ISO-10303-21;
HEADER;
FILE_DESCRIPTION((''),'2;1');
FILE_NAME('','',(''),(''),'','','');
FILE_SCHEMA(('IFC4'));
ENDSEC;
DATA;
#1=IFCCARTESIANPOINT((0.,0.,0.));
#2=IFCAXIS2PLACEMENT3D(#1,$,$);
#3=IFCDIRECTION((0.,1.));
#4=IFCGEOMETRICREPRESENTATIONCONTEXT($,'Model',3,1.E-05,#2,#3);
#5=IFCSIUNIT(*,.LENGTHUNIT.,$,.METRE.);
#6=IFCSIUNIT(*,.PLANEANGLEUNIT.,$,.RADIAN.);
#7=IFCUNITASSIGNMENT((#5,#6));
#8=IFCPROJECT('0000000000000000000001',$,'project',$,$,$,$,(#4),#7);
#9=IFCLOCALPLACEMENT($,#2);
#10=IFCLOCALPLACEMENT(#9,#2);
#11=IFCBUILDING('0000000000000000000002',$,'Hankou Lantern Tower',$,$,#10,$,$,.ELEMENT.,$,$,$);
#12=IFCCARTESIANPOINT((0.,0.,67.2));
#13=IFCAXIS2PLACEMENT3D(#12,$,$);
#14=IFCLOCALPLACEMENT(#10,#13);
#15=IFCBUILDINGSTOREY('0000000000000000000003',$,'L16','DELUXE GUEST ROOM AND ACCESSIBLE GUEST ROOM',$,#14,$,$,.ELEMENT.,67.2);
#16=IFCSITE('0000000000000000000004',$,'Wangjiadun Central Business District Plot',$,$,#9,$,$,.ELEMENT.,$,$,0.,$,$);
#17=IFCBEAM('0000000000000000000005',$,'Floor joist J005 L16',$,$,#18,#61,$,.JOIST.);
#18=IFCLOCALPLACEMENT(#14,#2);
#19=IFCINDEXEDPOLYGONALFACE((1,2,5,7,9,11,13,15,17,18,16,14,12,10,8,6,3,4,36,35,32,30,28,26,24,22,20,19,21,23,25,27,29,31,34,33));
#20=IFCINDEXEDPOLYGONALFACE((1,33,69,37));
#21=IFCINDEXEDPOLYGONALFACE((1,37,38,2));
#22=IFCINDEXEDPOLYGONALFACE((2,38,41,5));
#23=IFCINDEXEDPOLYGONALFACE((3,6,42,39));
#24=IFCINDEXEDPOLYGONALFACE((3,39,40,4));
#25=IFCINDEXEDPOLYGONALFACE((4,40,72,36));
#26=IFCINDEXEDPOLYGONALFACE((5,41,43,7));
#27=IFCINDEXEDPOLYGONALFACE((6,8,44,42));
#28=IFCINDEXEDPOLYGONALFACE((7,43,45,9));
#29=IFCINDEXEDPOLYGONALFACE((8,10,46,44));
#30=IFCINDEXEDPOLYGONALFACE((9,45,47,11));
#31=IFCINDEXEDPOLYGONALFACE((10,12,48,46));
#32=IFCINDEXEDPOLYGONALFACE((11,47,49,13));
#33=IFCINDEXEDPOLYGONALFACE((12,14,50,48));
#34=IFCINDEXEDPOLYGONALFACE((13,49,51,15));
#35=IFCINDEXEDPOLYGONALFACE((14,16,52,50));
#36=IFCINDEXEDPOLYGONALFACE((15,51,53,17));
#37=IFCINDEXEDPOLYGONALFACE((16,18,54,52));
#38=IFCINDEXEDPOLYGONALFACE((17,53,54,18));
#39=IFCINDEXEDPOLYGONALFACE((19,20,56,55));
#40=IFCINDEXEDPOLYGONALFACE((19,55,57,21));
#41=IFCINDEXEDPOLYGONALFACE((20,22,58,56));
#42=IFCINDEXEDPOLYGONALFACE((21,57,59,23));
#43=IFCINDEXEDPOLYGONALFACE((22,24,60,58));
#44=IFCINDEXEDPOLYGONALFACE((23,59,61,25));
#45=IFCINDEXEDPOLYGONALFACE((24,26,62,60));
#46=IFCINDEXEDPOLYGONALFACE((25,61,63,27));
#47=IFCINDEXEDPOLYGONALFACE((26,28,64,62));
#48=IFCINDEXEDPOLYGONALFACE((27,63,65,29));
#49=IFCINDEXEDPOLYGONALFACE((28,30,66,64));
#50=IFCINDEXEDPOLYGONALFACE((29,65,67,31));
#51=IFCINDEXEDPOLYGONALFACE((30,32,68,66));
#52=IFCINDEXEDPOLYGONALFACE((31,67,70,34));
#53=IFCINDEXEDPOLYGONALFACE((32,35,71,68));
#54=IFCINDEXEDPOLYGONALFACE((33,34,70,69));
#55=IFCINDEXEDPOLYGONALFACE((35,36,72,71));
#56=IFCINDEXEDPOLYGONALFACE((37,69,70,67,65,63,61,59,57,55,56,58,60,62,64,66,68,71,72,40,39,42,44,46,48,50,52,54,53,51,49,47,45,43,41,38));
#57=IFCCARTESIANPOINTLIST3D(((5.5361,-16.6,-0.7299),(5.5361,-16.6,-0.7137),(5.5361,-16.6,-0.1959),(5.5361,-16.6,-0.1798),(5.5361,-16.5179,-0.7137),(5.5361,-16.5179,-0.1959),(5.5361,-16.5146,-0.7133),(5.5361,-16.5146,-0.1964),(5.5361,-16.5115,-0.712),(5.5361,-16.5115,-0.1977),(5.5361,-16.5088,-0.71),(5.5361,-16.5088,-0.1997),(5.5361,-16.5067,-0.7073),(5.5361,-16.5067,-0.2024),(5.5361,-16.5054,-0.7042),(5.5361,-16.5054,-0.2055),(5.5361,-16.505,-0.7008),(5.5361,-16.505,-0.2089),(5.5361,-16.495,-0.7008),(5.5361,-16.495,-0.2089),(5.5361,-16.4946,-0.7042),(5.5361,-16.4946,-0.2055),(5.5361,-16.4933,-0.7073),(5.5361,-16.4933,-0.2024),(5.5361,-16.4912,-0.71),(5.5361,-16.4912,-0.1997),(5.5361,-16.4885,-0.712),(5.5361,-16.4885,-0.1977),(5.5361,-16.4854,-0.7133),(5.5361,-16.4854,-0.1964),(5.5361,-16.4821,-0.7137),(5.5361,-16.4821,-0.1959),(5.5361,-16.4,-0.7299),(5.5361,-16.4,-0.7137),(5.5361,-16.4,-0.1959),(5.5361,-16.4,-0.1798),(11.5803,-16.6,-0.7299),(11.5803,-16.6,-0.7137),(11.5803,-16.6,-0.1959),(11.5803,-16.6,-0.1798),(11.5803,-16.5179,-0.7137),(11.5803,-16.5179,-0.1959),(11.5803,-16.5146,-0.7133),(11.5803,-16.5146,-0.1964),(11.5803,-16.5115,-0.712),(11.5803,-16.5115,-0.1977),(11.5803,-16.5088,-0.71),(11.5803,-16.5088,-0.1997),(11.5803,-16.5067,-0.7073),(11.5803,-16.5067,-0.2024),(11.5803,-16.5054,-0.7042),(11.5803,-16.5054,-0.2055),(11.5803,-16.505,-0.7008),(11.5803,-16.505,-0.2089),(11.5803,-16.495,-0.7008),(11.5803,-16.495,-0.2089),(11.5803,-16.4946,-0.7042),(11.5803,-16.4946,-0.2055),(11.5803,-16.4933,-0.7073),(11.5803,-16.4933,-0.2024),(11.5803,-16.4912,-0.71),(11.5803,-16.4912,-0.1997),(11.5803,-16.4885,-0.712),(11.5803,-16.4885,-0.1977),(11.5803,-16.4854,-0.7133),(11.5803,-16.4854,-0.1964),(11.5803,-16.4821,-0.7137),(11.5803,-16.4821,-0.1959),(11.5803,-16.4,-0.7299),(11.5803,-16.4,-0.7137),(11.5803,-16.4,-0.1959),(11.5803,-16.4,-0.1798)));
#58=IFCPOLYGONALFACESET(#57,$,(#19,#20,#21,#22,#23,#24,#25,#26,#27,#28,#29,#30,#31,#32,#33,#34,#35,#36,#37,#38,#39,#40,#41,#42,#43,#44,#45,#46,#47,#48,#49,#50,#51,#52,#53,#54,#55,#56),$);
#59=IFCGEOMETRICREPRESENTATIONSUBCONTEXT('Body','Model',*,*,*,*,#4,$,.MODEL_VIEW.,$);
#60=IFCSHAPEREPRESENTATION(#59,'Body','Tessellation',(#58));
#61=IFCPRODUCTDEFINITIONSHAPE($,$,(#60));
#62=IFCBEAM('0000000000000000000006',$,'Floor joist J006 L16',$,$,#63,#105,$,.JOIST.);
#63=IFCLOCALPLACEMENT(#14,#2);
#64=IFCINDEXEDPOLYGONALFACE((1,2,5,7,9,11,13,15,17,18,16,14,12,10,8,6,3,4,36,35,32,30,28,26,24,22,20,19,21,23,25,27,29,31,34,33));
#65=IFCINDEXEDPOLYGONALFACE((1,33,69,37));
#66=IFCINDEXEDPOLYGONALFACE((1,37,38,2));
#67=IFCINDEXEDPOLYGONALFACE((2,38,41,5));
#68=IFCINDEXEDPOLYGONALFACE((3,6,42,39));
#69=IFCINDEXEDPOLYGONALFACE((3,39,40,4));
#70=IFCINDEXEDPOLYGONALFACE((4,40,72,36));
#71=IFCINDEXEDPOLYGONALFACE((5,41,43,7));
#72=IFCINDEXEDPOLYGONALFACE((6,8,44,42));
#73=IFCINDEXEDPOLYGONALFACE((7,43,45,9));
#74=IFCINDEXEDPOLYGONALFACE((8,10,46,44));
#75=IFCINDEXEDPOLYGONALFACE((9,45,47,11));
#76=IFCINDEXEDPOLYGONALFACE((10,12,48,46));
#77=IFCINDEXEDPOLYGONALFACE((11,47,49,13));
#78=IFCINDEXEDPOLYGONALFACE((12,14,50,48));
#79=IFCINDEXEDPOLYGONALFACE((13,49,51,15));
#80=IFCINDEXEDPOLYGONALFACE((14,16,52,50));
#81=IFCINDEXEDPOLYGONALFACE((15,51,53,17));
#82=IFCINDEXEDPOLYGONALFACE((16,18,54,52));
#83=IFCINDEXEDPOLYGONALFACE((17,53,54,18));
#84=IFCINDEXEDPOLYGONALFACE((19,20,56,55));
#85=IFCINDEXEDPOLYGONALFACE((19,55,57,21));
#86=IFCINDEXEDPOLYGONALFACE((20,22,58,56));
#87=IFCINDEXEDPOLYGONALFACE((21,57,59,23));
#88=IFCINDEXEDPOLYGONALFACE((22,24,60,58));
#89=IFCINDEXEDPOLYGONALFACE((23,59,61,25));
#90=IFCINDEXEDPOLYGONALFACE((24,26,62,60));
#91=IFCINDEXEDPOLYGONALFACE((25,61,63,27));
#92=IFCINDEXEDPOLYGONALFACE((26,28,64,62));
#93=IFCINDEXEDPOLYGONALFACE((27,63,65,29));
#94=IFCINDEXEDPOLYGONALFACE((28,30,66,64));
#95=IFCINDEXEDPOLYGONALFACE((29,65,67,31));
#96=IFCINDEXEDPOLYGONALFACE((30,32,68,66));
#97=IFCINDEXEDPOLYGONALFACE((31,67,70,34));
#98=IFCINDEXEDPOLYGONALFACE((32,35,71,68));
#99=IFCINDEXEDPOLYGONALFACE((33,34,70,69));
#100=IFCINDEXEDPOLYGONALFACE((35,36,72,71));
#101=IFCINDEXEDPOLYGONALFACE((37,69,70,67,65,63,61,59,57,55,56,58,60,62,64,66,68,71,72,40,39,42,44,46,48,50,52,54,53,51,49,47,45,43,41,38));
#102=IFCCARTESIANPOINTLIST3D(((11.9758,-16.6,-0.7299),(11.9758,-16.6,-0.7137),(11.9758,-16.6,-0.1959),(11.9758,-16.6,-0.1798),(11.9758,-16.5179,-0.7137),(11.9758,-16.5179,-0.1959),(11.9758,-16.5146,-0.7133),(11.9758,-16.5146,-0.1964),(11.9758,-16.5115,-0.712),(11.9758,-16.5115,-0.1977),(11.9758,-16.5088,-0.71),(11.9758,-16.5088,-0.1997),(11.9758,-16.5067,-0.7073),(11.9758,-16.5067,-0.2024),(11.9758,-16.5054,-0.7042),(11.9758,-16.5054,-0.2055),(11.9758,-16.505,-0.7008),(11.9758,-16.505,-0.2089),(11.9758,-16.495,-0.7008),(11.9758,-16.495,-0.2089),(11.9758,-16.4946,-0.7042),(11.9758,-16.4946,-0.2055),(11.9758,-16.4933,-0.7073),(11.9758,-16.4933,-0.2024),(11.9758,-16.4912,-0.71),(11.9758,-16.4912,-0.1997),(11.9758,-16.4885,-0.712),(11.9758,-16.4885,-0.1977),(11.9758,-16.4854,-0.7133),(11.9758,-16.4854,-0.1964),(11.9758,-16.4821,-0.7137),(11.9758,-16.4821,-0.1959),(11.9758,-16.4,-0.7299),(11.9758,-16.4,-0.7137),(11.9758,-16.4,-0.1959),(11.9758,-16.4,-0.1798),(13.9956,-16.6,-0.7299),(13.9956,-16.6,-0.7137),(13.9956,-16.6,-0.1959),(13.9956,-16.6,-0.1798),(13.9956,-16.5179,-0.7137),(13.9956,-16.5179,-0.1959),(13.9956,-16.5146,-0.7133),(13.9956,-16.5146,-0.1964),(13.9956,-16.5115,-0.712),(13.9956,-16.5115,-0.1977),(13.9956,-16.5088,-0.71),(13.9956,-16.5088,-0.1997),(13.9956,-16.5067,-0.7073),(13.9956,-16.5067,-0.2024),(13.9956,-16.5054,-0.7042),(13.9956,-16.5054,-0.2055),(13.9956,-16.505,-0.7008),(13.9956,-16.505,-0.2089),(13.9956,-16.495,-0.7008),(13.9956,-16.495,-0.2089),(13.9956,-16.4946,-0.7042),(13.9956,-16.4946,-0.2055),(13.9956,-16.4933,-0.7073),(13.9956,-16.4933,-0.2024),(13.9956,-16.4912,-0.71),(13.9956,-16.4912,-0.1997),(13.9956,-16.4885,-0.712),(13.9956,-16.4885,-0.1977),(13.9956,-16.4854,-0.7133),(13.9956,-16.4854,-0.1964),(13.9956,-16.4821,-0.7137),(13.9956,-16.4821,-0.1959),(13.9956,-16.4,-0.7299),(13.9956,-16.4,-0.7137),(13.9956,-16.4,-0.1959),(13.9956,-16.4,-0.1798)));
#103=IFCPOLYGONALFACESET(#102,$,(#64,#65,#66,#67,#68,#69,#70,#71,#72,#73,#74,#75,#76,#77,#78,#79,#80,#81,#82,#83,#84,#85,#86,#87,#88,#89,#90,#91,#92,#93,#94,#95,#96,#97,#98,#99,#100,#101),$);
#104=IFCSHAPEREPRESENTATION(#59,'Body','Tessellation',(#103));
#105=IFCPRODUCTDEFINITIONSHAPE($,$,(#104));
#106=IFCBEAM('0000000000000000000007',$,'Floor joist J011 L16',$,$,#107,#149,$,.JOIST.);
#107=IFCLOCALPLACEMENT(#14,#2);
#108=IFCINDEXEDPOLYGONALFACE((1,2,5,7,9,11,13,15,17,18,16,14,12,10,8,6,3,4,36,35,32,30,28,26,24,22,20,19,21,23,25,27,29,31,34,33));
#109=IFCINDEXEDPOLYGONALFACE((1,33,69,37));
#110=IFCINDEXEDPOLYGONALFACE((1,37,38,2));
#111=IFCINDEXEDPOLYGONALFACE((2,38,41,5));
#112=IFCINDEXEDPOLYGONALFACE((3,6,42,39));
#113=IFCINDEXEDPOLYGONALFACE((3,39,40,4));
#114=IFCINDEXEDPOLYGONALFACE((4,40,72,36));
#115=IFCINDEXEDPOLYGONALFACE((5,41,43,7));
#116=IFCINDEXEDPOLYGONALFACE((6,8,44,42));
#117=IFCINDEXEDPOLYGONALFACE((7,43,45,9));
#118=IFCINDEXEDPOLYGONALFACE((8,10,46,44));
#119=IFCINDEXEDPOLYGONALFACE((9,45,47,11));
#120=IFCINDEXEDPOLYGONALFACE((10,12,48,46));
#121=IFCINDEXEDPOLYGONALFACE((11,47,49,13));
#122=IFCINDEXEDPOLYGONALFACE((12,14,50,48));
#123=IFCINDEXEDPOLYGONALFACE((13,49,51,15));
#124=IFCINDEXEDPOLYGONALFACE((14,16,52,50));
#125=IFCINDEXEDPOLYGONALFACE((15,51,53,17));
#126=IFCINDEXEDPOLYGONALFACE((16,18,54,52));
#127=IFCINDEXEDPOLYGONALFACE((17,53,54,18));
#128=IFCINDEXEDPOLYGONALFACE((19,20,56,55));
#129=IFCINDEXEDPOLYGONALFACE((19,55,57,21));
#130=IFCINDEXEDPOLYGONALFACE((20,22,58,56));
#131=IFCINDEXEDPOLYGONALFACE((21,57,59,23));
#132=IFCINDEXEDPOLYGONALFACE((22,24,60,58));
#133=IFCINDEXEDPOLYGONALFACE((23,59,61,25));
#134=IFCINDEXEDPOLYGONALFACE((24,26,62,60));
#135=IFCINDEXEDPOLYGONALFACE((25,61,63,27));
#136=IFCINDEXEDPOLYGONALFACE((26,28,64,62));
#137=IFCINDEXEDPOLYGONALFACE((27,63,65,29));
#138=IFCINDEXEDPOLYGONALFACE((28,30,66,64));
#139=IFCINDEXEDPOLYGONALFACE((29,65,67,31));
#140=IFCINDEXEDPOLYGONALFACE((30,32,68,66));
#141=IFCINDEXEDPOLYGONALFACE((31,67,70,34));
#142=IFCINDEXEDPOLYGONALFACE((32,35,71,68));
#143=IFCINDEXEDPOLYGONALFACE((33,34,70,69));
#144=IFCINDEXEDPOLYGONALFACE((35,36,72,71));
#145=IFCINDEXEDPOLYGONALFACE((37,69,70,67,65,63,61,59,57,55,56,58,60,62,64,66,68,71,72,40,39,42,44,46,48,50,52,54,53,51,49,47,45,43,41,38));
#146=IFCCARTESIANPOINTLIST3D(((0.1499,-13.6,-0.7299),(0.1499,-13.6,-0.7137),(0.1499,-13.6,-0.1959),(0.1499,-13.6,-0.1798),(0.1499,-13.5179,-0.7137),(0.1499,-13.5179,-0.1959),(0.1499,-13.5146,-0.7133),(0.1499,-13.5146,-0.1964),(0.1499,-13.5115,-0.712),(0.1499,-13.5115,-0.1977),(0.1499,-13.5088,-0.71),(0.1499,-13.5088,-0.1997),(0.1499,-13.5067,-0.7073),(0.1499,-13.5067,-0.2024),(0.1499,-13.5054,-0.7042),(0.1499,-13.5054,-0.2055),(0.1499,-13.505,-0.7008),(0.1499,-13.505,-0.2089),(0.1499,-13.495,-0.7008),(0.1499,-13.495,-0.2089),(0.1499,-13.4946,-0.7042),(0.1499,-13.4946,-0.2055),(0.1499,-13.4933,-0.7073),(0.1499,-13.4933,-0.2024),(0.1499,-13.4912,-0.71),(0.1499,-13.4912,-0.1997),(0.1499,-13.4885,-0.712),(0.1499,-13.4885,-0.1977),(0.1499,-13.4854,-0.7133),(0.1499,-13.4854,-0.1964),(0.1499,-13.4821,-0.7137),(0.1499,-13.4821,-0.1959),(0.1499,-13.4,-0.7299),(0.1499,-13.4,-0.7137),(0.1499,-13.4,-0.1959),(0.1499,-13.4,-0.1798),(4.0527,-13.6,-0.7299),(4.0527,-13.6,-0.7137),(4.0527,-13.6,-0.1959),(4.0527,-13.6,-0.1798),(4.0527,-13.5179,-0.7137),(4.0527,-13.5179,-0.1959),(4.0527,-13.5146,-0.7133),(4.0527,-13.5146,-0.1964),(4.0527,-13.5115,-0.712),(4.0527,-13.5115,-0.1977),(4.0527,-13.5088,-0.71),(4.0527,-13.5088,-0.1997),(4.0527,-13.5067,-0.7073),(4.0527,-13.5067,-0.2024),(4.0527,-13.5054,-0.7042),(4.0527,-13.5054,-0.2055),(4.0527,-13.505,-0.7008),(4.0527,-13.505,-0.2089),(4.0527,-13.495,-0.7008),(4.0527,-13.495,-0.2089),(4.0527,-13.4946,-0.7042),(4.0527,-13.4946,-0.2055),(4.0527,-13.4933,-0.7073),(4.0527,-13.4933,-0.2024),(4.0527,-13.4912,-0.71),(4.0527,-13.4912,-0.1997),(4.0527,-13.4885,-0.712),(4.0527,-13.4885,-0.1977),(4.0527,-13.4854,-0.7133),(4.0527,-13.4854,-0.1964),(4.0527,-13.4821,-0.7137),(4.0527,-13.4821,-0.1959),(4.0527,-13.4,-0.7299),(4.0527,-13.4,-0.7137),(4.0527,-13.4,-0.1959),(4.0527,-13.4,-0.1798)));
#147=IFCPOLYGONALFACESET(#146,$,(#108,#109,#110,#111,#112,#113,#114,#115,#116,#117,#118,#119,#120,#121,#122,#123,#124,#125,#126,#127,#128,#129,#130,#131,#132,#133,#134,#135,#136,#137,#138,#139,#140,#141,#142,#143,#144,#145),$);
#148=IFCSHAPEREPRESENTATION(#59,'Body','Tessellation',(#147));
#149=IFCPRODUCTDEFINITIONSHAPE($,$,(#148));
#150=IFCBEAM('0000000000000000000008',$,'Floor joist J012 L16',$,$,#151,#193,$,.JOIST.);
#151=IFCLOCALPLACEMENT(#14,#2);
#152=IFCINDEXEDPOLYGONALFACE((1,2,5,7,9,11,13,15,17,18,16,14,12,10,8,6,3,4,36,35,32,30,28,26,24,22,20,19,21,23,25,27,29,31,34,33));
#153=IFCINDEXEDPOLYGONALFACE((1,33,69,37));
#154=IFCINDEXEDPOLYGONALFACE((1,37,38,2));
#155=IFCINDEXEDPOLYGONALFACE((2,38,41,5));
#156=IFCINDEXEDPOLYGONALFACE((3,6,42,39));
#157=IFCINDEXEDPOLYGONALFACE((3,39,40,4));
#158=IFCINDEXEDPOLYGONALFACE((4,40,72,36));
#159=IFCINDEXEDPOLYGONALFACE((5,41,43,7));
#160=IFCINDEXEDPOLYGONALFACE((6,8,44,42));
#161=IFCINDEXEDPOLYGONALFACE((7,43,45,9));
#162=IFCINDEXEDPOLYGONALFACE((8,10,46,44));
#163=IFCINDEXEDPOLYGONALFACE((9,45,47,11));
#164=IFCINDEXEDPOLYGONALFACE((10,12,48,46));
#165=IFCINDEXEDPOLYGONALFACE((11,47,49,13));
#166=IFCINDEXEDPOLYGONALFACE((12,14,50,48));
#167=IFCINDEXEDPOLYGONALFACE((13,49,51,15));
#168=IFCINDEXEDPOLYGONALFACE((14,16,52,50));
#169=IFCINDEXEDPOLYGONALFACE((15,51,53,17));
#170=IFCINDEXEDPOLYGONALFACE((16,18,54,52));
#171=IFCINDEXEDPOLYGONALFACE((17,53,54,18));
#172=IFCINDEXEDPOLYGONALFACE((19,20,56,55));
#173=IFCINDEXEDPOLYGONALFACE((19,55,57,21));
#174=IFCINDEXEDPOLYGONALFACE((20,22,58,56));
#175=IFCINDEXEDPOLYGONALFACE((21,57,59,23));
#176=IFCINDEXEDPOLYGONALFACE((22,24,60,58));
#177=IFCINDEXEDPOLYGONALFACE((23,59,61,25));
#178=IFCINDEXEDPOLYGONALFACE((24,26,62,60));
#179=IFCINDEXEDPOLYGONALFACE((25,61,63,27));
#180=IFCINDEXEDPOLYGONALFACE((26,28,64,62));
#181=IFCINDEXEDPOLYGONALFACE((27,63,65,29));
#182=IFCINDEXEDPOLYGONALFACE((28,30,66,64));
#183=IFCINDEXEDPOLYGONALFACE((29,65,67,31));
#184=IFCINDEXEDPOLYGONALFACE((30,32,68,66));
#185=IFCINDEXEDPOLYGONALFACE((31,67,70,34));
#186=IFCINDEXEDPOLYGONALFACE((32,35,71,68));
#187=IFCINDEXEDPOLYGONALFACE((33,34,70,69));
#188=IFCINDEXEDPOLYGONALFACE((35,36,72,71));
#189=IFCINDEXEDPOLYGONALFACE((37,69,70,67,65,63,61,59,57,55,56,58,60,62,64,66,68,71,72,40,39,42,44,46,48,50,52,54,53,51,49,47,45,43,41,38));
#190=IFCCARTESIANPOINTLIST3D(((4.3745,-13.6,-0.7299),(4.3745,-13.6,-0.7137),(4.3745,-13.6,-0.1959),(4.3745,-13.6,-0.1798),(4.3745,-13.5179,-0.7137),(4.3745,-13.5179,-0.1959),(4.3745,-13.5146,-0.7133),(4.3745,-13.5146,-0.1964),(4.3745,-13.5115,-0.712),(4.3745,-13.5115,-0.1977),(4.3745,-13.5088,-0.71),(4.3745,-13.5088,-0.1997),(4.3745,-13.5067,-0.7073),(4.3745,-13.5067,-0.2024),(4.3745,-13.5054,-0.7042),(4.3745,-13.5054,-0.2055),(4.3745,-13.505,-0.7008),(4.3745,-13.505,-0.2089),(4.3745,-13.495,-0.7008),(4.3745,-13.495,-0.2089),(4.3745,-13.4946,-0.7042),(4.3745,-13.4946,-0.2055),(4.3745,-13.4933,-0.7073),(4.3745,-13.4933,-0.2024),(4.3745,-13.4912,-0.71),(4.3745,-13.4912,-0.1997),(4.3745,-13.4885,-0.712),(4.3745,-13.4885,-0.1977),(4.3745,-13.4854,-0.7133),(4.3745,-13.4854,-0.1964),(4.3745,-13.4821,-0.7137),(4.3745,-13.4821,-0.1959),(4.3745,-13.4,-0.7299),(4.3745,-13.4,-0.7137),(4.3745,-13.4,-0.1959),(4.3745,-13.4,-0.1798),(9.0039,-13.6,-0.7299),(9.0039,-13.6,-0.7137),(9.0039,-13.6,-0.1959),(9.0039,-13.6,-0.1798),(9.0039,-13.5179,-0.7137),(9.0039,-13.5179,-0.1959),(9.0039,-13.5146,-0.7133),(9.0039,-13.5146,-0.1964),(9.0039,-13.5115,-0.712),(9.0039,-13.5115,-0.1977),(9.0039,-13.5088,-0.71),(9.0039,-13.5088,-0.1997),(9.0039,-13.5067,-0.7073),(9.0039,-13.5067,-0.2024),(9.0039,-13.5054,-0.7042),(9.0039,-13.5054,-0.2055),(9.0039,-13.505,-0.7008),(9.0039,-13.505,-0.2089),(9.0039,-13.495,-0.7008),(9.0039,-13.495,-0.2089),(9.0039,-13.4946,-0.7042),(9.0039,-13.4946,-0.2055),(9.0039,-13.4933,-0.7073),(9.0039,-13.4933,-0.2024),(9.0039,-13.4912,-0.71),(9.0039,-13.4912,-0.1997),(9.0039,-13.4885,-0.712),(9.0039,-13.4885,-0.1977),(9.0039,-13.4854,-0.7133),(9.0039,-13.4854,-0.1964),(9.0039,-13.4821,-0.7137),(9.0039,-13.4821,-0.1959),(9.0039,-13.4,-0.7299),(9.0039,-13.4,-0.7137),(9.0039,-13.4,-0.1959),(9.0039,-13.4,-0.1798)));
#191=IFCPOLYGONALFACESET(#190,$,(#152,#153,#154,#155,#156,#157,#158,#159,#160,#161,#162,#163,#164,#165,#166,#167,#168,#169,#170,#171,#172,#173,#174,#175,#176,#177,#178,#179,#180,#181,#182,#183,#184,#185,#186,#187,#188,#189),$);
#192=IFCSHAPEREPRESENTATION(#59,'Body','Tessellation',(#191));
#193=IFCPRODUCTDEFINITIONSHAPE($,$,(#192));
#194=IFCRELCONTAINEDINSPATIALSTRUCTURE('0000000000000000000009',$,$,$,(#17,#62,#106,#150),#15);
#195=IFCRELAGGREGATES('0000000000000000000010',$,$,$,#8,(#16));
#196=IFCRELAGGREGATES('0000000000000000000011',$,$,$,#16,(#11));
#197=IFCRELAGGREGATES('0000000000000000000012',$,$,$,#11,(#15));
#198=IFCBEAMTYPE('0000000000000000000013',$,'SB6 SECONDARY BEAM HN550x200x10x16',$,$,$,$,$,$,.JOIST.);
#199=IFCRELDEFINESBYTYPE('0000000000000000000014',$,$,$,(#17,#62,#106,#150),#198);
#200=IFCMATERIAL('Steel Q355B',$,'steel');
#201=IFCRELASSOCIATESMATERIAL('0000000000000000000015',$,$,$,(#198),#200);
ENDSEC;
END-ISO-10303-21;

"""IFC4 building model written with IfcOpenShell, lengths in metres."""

from ifc_helpers import new_model, si_unit, direction, frame, origin, origin_2d, place, context, subcontext, project, spatial, i_section, extrude, material, material_profile, profile_set, type_object, element, save


model = new_model("IFC4")

# Units and contexts
model_context = context("Model", 3, precision=1e-05, world=origin(), true_north=direction((0.0, 1.0)))
body_context = subcontext(model_context, "Body", "Model", "MODEL_VIEW")
ifc_project = project(units=[si_unit("LENGTHUNIT", "METRE"), si_unit("PLANEANGLEUNIT", "RADIAN")], contexts=[model_context])

# Site, building, storey
site_placement = place(None, origin())
site = spatial("IfcSite", under=ifc_project, at=site_placement, Name="Wangjiadun Central Business District Plot", CompositionType="ELEMENT", RefElevation=0.0)
building_placement = place(site_placement, origin())
building = spatial("IfcBuilding", under=site, at=building_placement, Name="Hankou Lantern Tower", CompositionType="ELEMENT")
storey_placement = place(building_placement, frame((0.0, 0.0, 67.2)))
storey = spatial("IfcBuildingStorey", under=building, at=storey_placement, Name="L16", Description="DELUXE GUEST ROOM AND ACCESSIBLE GUEST ROOM", CompositionType="ELEMENT", Elevation=67.2)

# Beams
ifc_material_1 = material(Name="Steel Q355B", Category="steel")
ifc_material_profile_1 = material_profile(ifc_material_1, i_section(OverallWidth=0.2, OverallDepth=0.55, WebThickness=0.01, FlangeThickness=0.0161, FilletRadius=0.0129, at=origin_2d()), Name="HN550x200x10x16")
ifc_profile_set_1 = profile_set([ifc_material_profile_1], Name="Steel Q355B")
beam_type_1 = type_object("IfcBeamType", Name="SB6 SECONDARY BEAM HN550x200x10x16", PredefinedType="JOIST", material=ifc_profile_set_1)
beam_1_placement = place(storey_placement, frame((5.5361, -16.5, -0.4548), z_axis=(1.0, 0.0, 0.0), x_axis=(0.0, 1.0, 0.0)))
element("IfcBeam", 1, at=beam_1_placement, inside=storey, type_object=beam_type_1, Name="Floor joist J005 L16", PredefinedType="JOIST", context=body_context, shape_type="SweptSolid", body=[
    extrude(i_section(OverallWidth=0.2, OverallDepth=0.55, WebThickness=0.01, FlangeThickness=0.0161, FilletRadius=0.0129, at=origin_2d()), origin(), (0.0, 0.0, 1.0), 6.0442),
])
beam_2_placement = place(storey_placement, frame((11.9758, -16.5, -0.4548), z_axis=(1.0, 0.0, 0.0), x_axis=(0.0, 1.0, 0.0)))
element("IfcBeam", 2, at=beam_2_placement, inside=storey, type_object=beam_type_1, Name="Floor joist J006 L16", PredefinedType="JOIST", context=body_context, shape_type="SweptSolid", body=[
    extrude(i_section(OverallWidth=0.2, OverallDepth=0.55, WebThickness=0.01, FlangeThickness=0.0161, FilletRadius=0.0129, at=origin_2d()), origin(), (0.0, 0.0, 1.0), 2.0198),
])
beam_3_placement = place(storey_placement, frame((0.1499, -13.5, -0.4548), z_axis=(1.0, 0.0, 0.0), x_axis=(0.0, 1.0, 0.0)))
element("IfcBeam", 3, at=beam_3_placement, inside=storey, type_object=beam_type_1, Name="Floor joist J011 L16", PredefinedType="JOIST", context=body_context, shape_type="SweptSolid", body=[
    extrude(i_section(OverallWidth=0.2, OverallDepth=0.55, WebThickness=0.01, FlangeThickness=0.0161, FilletRadius=0.0129, at=origin_2d()), origin(), (0.0, 0.0, 1.0), 3.9028),
])
beam_4_placement = place(storey_placement, frame((4.3745, -13.5, -0.4548), z_axis=(1.0, 0.0, 0.0), x_axis=(0.0, 1.0, 0.0)))
element("IfcBeam", 4, at=beam_4_placement, inside=storey, type_object=beam_type_1, Name="Floor joist J012 L16", PredefinedType="JOIST", context=body_context, shape_type="SweptSolid", body=[
    extrude(i_section(OverallWidth=0.2, OverallDepth=0.55, WebThickness=0.01, FlangeThickness=0.0161, FilletRadius=0.0129, at=origin_2d()), origin(), (0.0, 0.0, 1.0), 4.6294),
])

save(model, "model.ifc")
